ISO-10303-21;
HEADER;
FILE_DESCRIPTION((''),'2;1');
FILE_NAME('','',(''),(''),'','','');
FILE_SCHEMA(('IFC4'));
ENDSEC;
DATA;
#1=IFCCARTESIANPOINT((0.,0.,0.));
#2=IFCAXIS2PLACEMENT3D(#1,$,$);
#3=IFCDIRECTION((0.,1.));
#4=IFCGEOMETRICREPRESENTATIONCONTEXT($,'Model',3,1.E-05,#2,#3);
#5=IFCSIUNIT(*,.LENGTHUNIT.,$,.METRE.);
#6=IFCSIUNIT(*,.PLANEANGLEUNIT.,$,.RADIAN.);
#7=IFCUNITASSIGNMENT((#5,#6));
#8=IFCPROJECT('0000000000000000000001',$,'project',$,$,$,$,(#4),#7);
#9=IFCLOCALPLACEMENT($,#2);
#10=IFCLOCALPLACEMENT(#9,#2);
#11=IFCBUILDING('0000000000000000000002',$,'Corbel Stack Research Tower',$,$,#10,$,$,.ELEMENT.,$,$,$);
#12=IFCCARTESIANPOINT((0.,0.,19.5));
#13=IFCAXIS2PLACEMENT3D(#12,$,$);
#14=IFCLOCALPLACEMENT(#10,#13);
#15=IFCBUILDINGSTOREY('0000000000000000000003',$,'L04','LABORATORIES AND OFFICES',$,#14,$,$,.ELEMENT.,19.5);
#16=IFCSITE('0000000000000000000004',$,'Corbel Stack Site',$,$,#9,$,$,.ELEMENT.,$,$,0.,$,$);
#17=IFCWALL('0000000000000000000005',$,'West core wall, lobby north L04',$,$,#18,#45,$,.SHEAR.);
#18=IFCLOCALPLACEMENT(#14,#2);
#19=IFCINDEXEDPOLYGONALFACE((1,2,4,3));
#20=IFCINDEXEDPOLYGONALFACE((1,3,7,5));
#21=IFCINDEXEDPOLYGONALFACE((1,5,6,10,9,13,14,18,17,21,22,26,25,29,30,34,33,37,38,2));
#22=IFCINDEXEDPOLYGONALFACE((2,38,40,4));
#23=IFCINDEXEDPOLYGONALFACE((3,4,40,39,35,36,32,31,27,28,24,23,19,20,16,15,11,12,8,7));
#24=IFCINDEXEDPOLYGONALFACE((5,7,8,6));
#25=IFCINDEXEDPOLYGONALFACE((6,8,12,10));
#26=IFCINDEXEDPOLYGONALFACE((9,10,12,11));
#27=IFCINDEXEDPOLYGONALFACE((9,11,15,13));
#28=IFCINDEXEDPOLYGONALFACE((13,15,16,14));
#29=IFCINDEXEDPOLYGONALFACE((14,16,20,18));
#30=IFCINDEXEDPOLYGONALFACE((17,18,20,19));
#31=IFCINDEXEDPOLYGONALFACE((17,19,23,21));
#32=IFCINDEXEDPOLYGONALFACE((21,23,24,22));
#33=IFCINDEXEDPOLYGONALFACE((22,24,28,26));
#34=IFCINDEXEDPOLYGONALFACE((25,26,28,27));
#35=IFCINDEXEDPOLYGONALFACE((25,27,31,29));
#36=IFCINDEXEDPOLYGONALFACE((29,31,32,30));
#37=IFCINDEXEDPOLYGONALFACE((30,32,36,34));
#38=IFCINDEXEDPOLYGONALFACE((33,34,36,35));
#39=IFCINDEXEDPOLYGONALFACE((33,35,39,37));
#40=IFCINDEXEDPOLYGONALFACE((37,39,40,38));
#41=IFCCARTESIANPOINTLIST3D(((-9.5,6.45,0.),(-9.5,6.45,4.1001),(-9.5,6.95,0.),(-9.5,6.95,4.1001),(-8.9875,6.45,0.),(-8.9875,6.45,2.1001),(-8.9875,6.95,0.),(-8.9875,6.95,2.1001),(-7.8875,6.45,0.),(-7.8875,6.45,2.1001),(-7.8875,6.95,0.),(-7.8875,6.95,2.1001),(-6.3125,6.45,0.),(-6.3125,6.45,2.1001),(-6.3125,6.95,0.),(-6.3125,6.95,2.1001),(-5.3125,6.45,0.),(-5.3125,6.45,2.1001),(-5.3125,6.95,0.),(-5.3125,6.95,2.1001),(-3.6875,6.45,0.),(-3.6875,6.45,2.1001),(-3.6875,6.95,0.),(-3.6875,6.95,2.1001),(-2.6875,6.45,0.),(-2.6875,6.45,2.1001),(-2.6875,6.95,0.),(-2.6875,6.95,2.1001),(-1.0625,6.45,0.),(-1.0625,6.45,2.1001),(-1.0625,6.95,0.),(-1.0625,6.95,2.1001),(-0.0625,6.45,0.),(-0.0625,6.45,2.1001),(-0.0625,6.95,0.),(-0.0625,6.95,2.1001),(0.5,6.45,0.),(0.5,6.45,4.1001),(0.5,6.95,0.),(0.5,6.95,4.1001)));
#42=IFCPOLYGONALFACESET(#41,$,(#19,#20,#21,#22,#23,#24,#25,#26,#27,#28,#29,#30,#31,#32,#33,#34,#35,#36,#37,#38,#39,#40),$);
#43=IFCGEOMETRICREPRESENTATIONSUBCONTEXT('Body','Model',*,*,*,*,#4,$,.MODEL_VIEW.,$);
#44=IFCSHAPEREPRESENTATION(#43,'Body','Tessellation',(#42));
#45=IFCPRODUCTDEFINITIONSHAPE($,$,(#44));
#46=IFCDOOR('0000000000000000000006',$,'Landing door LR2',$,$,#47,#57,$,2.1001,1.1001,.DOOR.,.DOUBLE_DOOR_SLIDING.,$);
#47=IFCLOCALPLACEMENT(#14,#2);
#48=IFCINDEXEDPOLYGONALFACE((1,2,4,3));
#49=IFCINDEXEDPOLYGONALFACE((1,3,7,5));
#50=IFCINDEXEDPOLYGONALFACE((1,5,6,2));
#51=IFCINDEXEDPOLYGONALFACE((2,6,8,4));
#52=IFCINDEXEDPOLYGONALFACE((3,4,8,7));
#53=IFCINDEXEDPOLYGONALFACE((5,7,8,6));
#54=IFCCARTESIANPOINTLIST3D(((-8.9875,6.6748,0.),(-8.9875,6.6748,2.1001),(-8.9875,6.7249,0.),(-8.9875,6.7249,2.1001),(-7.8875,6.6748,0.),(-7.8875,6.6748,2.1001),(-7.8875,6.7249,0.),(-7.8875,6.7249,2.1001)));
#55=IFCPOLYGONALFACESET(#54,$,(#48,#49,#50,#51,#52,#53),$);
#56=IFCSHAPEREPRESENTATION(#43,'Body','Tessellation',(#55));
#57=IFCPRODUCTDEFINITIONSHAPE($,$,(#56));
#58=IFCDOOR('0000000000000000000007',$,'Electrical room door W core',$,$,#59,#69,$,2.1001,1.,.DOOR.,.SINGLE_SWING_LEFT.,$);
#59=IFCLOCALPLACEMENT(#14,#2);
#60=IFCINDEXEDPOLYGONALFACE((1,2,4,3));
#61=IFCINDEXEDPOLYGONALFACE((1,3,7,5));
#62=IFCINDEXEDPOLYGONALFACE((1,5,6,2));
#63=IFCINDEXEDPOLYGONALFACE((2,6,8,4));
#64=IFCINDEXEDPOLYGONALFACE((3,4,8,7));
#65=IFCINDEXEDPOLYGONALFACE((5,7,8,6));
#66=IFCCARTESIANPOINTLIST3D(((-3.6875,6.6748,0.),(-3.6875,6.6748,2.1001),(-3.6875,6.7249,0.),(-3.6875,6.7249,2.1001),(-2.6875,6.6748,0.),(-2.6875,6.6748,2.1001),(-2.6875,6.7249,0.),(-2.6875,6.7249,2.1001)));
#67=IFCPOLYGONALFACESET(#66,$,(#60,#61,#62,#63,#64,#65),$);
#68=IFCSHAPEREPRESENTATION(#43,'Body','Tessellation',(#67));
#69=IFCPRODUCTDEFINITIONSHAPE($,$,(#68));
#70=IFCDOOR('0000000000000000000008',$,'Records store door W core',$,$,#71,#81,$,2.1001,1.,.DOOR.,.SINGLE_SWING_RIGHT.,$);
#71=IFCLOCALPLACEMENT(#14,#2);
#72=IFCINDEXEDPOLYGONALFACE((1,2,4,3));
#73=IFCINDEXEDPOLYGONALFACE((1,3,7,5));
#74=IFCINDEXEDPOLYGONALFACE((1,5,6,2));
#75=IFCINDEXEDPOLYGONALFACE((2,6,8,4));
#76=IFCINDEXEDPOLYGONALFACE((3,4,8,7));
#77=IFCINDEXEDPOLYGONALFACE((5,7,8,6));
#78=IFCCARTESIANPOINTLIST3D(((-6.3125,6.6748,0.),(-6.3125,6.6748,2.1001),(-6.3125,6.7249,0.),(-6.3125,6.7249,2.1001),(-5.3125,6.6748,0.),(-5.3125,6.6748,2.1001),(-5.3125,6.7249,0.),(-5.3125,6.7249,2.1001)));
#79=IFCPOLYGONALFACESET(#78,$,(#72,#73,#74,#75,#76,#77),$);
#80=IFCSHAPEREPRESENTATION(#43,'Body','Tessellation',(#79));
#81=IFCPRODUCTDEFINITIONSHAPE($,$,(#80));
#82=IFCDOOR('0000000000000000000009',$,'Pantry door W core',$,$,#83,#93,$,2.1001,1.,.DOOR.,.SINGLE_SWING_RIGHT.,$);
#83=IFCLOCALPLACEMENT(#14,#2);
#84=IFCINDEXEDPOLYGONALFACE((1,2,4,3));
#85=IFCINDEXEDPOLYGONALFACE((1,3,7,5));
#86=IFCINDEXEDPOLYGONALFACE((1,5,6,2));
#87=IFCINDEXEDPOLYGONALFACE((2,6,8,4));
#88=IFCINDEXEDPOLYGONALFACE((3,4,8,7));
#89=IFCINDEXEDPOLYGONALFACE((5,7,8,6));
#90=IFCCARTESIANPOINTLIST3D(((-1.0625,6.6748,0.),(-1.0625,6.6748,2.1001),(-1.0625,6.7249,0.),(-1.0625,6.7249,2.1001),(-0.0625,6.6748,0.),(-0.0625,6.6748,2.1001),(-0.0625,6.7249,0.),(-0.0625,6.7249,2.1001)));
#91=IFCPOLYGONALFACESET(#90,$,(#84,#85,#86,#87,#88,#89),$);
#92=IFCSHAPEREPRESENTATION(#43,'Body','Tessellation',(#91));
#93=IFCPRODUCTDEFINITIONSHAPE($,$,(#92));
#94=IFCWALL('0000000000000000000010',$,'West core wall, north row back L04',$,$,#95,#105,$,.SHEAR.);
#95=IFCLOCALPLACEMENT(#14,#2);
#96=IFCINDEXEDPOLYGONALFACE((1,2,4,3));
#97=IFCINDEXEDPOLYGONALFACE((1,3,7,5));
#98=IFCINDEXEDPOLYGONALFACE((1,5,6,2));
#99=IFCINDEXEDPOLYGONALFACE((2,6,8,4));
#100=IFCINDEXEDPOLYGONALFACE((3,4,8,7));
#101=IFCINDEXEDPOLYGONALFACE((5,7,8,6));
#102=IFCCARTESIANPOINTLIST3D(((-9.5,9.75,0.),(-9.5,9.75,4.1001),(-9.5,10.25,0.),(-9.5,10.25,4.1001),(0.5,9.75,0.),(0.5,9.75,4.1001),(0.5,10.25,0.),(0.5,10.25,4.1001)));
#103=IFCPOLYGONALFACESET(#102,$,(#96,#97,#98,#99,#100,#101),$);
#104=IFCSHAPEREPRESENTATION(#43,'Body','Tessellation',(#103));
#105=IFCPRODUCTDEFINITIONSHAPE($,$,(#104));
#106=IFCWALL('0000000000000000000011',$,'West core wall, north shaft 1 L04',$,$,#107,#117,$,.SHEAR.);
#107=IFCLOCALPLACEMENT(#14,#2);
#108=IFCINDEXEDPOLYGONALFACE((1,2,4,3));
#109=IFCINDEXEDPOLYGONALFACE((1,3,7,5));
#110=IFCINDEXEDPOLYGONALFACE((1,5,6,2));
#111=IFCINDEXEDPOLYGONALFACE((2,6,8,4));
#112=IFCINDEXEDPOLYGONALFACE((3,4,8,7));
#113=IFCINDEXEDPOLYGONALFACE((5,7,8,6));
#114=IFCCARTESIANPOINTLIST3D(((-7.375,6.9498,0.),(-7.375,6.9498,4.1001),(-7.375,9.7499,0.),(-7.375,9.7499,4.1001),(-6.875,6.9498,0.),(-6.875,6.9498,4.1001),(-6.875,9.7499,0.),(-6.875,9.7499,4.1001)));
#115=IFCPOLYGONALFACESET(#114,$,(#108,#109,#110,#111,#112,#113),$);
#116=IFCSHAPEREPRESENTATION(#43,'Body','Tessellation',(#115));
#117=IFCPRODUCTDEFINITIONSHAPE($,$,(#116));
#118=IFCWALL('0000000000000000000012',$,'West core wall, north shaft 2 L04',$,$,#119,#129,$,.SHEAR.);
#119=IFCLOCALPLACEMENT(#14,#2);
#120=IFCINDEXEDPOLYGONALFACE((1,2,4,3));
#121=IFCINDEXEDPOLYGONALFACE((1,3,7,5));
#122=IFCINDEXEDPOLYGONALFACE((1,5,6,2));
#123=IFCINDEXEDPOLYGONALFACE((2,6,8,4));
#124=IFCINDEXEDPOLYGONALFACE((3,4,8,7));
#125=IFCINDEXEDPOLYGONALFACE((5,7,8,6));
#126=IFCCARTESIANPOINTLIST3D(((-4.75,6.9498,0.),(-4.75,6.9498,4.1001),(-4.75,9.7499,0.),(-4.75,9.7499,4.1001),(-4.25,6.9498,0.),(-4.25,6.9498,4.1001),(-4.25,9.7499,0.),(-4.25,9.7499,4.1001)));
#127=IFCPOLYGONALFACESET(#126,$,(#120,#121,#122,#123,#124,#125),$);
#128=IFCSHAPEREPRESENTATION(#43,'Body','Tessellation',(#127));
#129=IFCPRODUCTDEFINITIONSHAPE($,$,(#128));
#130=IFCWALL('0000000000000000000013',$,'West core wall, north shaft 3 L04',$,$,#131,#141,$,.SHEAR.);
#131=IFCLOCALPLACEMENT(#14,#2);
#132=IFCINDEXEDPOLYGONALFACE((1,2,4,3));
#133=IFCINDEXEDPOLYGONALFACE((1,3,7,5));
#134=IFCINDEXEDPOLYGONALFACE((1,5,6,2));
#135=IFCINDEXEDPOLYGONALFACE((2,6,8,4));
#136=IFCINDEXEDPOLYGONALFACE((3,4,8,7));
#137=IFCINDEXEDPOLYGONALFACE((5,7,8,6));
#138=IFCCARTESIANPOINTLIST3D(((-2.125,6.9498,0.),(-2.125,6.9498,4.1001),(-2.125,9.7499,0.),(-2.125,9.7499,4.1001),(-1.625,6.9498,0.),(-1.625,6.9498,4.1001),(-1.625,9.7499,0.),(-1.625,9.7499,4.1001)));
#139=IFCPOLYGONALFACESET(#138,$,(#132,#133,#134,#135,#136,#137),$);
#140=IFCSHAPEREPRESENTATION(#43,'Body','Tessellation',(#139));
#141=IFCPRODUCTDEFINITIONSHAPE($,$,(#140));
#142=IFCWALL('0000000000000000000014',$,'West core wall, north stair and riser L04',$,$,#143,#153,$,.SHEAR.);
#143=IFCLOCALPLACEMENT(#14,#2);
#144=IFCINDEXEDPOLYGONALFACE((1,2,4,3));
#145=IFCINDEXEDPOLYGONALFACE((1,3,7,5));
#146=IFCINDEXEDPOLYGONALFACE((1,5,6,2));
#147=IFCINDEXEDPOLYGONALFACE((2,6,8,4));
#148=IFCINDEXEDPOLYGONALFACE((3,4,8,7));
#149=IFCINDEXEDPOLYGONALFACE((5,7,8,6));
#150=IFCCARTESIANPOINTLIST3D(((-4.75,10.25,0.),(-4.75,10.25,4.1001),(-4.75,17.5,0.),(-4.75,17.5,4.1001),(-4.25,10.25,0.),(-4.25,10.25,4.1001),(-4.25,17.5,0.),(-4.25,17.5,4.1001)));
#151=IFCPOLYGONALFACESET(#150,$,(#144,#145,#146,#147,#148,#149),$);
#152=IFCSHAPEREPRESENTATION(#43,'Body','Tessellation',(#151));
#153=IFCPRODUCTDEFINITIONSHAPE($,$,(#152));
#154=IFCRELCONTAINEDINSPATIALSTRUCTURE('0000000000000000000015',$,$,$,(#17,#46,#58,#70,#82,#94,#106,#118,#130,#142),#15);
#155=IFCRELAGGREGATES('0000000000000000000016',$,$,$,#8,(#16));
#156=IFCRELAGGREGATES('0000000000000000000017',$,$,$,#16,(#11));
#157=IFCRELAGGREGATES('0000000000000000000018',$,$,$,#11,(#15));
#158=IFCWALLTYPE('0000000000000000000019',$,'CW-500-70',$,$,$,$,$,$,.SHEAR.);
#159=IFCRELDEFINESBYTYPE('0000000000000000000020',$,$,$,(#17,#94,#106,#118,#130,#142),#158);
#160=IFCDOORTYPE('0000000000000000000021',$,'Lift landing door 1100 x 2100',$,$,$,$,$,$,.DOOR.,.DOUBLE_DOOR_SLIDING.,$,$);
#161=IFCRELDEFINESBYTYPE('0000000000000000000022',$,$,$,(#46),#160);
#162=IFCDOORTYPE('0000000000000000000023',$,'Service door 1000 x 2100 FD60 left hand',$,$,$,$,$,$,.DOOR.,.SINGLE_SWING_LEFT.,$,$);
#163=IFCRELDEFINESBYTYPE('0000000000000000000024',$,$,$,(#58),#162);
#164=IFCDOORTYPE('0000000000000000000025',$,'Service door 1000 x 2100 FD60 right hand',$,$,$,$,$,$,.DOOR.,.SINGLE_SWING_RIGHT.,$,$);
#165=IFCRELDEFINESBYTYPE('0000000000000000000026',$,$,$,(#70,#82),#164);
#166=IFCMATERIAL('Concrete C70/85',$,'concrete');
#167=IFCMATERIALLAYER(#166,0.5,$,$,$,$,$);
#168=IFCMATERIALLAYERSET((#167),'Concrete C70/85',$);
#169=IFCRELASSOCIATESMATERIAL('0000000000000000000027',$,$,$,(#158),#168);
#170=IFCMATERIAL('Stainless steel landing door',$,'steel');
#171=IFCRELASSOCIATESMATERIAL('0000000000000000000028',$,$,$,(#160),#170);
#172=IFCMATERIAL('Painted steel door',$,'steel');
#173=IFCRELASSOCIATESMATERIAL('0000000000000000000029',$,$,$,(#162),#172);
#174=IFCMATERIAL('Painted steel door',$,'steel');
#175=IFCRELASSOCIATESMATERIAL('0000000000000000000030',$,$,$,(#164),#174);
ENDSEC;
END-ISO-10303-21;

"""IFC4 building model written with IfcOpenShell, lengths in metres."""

from ifc_helpers import new_model, si_unit, direction, frame, frame_2d, origin, place, context, subcontext, project, spatial, rectangle, extrude, material, layer, layer_set, type_object, element, fill, save


model = new_model("IFC4")

# Units and contexts
model_context = context("Model", 3, precision=1e-05, world=origin(), true_north=direction((0.0, 1.0)))
body_context = subcontext(model_context, "Body", "Model", "MODEL_VIEW")
ifc_project = project(units=[si_unit("LENGTHUNIT", "METRE"), si_unit("PLANEANGLEUNIT", "RADIAN")], contexts=[model_context])

# Site, building, storey
site_placement = place(None, origin())
site = spatial("IfcSite", under=ifc_project, at=site_placement, Name="Corbel Stack Site", CompositionType="ELEMENT", RefElevation=0.0)
building_placement = place(site_placement, origin())
building = spatial("IfcBuilding", under=site, at=building_placement, Name="Corbel Stack Research Tower", CompositionType="ELEMENT")
storey_placement = place(building_placement, frame((0.0, 0.0, 19.5)))
storey = spatial("IfcBuildingStorey", under=building, at=storey_placement, Name="L04", Description="LABORATORIES AND OFFICES", CompositionType="ELEMENT", Elevation=19.5)

# Wall, openings, doors
ifc_material_1 = material(Name="Concrete C70/85", Category="concrete")
ifc_layer_1 = layer(ifc_material_1, 0.5)
ifc_layer_set_1 = layer_set([ifc_layer_1], Name="Concrete C70/85")
wall_type_1 = type_object("IfcWallType", Name="CW-500-70", PredefinedType="SHEAR", material=ifc_layer_set_1)
ifc_material_2 = material(Name="Stainless steel landing door", Category="steel")
door_type_1 = type_object("IfcDoorType", Name="Lift landing door 1100 x 2100", OperationType="DOUBLE_DOOR_SLIDING", PredefinedType="DOOR", material=ifc_material_2)
wall_1_placement = place(storey_placement, frame((-9.5, 6.7, 0.0), z_axis=(0.0, 0.0, 1.0), x_axis=(1.0, 0.0, 0.0)))
wall_1 = element("IfcWall", 1, at=wall_1_placement, inside=storey, type_object=wall_type_1, Name="West core wall, lobby north L04", PredefinedType="SHEAR", context=body_context, shape_type="SweptSolid", body=[
    extrude(rectangle(XDim=10.0, YDim=0.5, at=frame_2d((5.0, 0.0))), origin(), (0.0, 0.0, 1.0), 4.1001),
])
opening_1_placement = place(wall_1_placement, frame((0.5125, 0.0, 0.0)))
opening_1 = element("IfcOpeningElement", 2, at=opening_1_placement, cuts=wall_1, PredefinedType="OPENING", context=body_context, shape_type="SweptSolid", body=[
    extrude(rectangle(XDim=1.1001, YDim=2.1001, at=frame_2d((0.55, 1.05))), frame((0.0, 0.26, 0.0), z_axis=(0.0, -1.0, 0.0), x_axis=(1.0, 0.0, 0.0)), (0.0, 0.0, 1.0), 0.52),
])
opening_2_placement = place(wall_1_placement, frame((3.1875, 0.0, 0.0)))
opening_2 = element("IfcOpeningElement", 3, at=opening_2_placement, cuts=wall_1, PredefinedType="OPENING", context=body_context, shape_type="SweptSolid", body=[
    extrude(rectangle(XDim=1.0, YDim=2.1001, at=frame_2d((0.5, 1.05))), frame((0.0, 0.26, 0.0), z_axis=(0.0, -1.0, 0.0), x_axis=(1.0, 0.0, 0.0)), (0.0, 0.0, 1.0), 0.52),
])
opening_3_placement = place(wall_1_placement, frame((5.8125, 0.0, 0.0)))
opening_3 = element("IfcOpeningElement", 4, at=opening_3_placement, cuts=wall_1, PredefinedType="OPENING", context=body_context, shape_type="SweptSolid", body=[
    extrude(rectangle(XDim=1.0, YDim=2.1001, at=frame_2d((0.5, 1.05))), frame((0.0, 0.26, 0.0), z_axis=(0.0, -1.0, 0.0), x_axis=(1.0, 0.0, 0.0)), (0.0, 0.0, 1.0), 0.52),
])
opening_4_placement = place(wall_1_placement, frame((8.4375, 0.0, 0.0)))
opening_4 = element("IfcOpeningElement", 5, at=opening_4_placement, cuts=wall_1, PredefinedType="OPENING", context=body_context, shape_type="SweptSolid", body=[
    extrude(rectangle(XDim=1.0, YDim=2.1001, at=frame_2d((0.5, 1.05))), frame((0.0, 0.26, 0.0), z_axis=(0.0, -1.0, 0.0), x_axis=(1.0, 0.0, 0.0)), (0.0, 0.0, 1.0), 0.52),
])
door_1_placement = place(opening_1_placement, origin())
door_1 = element("IfcDoor", 6, at=door_1_placement, inside=storey, type_object=door_type_1, Name="Landing door LR2", OperationType="DOUBLE_DOOR_SLIDING", OverallHeight=2.1001, OverallWidth=1.1001, PredefinedType="DOOR", context=body_context, shape_type="SweptSolid", body=[
    extrude(rectangle(XDim=1.1001, YDim=2.1001, at=frame_2d((0.55, 1.05))), frame((0.0, 0.0249, 0.0), z_axis=(0.0, -1.0, 0.0), x_axis=(1.0, 0.0, 0.0)), (0.0, 0.0, 1.0), 0.05),
])
fill(opening_1, door_1)
ifc_material_3 = material(Name="Painted steel door", Category="steel")
door_type_2 = type_object("IfcDoorType", Name="Service door 1000 x 2100 FD60 left hand", OperationType="SINGLE_SWING_LEFT", PredefinedType="DOOR", material=ifc_material_3)
door_2_placement = place(opening_3_placement, origin())
door_2 = element("IfcDoor", 7, at=door_2_placement, inside=storey, type_object=door_type_2, Name="Electrical room door W core", OperationType="SINGLE_SWING_LEFT", OverallHeight=2.1001, OverallWidth=1.0, PredefinedType="DOOR", context=body_context, shape_type="SweptSolid", body=[
    extrude(rectangle(XDim=1.0, YDim=2.1001, at=frame_2d((0.5, 1.05))), frame((0.0, 0.0249, 0.0), z_axis=(0.0, -1.0, 0.0), x_axis=(1.0, 0.0, 0.0)), (0.0, 0.0, 1.0), 0.05),
])
fill(opening_3, door_2)
ifc_material_4 = material(Name="Painted steel door", Category="steel")
door_type_3 = type_object("IfcDoorType", Name="Service door 1000 x 2100 FD60 right hand", OperationType="SINGLE_SWING_RIGHT", PredefinedType="DOOR", material=ifc_material_4)
door_3_placement = place(opening_2_placement, origin())
door_3 = element("IfcDoor", 8, at=door_3_placement, inside=storey, type_object=door_type_3, Name="Records store door W core", OperationType="SINGLE_SWING_RIGHT", OverallHeight=2.1001, OverallWidth=1.0, PredefinedType="DOOR", context=body_context, shape_type="SweptSolid", body=[
    extrude(rectangle(XDim=1.0, YDim=2.1001, at=frame_2d((0.5, 1.05))), frame((0.0, 0.0249, 0.0), z_axis=(0.0, -1.0, 0.0), x_axis=(1.0, 0.0, 0.0)), (0.0, 0.0, 1.0), 0.05),
])
fill(opening_2, door_3)
door_4_placement = place(opening_4_placement, origin())
door_4 = element("IfcDoor", 9, at=door_4_placement, inside=storey, type_object=door_type_3, Name="Pantry door W core", OperationType="SINGLE_SWING_RIGHT", OverallHeight=2.1001, OverallWidth=1.0, PredefinedType="DOOR", context=body_context, shape_type="SweptSolid", body=[
    extrude(rectangle(XDim=1.0, YDim=2.1001, at=frame_2d((0.5, 1.05))), frame((0.0, 0.0249, 0.0), z_axis=(0.0, -1.0, 0.0), x_axis=(1.0, 0.0, 0.0)), (0.0, 0.0, 1.0), 0.05),
])
fill(opening_4, door_4)

# Walls
wall_2_placement = place(storey_placement, frame((-9.5, 10.0, 0.0), z_axis=(0.0, 0.0, 1.0), x_axis=(1.0, 0.0, 0.0)))
element("IfcWall", 10, at=wall_2_placement, inside=storey, type_object=wall_type_1, Name="West core wall, north row back L04", PredefinedType="SHEAR", context=body_context, shape_type="SweptSolid", body=[
    extrude(rectangle(XDim=10.0, YDim=0.5, at=frame_2d((5.0, 0.0))), origin(), (0.0, 0.0, 1.0), 4.1001),
])
for number, where, z_axis, x_axis, name in (
    (11, (-7.125, 6.95, 0.0), (0.0, 0.0, 1.0), (0.0, 1.0, 0.0), "West core wall, north shaft 1 L04"),
    (12, (-4.5, 6.95, 0.0), (0.0, 0.0, 1.0), (0.0, 1.0, 0.0), "West core wall, north shaft 2 L04"),
    (13, (-1.875, 6.95, 0.0), (0.0, 0.0, 1.0), (0.0, 1.0, 0.0), "West core wall, north shaft 3 L04"),
):
    element("IfcWall", number, at=place(storey_placement, frame(where, z_axis=z_axis, x_axis=x_axis)), inside=storey, type_object=wall_type_1, Name=name, PredefinedType="SHEAR", context=body_context, shape_type="SweptSolid", body=[
        extrude(rectangle(XDim=2.8, YDim=0.5, at=frame_2d((1.3999, 0.0))), origin(), (0.0, 0.0, 1.0), 4.1001),
    ])
wall_3_placement = place(storey_placement, frame((-4.5, 10.25, 0.0), z_axis=(0.0, 0.0, 1.0), x_axis=(0.0, 1.0, 0.0)))
element("IfcWall", 14, at=wall_3_placement, inside=storey, type_object=wall_type_1, Name="West core wall, north stair and riser L04", PredefinedType="SHEAR", context=body_context, shape_type="SweptSolid", body=[
    extrude(rectangle(XDim=7.25, YDim=0.5, at=frame_2d((3.625, 0.0))), origin(), (0.0, 0.0, 1.0), 4.1001),
])

save(model, "model.ifc")
